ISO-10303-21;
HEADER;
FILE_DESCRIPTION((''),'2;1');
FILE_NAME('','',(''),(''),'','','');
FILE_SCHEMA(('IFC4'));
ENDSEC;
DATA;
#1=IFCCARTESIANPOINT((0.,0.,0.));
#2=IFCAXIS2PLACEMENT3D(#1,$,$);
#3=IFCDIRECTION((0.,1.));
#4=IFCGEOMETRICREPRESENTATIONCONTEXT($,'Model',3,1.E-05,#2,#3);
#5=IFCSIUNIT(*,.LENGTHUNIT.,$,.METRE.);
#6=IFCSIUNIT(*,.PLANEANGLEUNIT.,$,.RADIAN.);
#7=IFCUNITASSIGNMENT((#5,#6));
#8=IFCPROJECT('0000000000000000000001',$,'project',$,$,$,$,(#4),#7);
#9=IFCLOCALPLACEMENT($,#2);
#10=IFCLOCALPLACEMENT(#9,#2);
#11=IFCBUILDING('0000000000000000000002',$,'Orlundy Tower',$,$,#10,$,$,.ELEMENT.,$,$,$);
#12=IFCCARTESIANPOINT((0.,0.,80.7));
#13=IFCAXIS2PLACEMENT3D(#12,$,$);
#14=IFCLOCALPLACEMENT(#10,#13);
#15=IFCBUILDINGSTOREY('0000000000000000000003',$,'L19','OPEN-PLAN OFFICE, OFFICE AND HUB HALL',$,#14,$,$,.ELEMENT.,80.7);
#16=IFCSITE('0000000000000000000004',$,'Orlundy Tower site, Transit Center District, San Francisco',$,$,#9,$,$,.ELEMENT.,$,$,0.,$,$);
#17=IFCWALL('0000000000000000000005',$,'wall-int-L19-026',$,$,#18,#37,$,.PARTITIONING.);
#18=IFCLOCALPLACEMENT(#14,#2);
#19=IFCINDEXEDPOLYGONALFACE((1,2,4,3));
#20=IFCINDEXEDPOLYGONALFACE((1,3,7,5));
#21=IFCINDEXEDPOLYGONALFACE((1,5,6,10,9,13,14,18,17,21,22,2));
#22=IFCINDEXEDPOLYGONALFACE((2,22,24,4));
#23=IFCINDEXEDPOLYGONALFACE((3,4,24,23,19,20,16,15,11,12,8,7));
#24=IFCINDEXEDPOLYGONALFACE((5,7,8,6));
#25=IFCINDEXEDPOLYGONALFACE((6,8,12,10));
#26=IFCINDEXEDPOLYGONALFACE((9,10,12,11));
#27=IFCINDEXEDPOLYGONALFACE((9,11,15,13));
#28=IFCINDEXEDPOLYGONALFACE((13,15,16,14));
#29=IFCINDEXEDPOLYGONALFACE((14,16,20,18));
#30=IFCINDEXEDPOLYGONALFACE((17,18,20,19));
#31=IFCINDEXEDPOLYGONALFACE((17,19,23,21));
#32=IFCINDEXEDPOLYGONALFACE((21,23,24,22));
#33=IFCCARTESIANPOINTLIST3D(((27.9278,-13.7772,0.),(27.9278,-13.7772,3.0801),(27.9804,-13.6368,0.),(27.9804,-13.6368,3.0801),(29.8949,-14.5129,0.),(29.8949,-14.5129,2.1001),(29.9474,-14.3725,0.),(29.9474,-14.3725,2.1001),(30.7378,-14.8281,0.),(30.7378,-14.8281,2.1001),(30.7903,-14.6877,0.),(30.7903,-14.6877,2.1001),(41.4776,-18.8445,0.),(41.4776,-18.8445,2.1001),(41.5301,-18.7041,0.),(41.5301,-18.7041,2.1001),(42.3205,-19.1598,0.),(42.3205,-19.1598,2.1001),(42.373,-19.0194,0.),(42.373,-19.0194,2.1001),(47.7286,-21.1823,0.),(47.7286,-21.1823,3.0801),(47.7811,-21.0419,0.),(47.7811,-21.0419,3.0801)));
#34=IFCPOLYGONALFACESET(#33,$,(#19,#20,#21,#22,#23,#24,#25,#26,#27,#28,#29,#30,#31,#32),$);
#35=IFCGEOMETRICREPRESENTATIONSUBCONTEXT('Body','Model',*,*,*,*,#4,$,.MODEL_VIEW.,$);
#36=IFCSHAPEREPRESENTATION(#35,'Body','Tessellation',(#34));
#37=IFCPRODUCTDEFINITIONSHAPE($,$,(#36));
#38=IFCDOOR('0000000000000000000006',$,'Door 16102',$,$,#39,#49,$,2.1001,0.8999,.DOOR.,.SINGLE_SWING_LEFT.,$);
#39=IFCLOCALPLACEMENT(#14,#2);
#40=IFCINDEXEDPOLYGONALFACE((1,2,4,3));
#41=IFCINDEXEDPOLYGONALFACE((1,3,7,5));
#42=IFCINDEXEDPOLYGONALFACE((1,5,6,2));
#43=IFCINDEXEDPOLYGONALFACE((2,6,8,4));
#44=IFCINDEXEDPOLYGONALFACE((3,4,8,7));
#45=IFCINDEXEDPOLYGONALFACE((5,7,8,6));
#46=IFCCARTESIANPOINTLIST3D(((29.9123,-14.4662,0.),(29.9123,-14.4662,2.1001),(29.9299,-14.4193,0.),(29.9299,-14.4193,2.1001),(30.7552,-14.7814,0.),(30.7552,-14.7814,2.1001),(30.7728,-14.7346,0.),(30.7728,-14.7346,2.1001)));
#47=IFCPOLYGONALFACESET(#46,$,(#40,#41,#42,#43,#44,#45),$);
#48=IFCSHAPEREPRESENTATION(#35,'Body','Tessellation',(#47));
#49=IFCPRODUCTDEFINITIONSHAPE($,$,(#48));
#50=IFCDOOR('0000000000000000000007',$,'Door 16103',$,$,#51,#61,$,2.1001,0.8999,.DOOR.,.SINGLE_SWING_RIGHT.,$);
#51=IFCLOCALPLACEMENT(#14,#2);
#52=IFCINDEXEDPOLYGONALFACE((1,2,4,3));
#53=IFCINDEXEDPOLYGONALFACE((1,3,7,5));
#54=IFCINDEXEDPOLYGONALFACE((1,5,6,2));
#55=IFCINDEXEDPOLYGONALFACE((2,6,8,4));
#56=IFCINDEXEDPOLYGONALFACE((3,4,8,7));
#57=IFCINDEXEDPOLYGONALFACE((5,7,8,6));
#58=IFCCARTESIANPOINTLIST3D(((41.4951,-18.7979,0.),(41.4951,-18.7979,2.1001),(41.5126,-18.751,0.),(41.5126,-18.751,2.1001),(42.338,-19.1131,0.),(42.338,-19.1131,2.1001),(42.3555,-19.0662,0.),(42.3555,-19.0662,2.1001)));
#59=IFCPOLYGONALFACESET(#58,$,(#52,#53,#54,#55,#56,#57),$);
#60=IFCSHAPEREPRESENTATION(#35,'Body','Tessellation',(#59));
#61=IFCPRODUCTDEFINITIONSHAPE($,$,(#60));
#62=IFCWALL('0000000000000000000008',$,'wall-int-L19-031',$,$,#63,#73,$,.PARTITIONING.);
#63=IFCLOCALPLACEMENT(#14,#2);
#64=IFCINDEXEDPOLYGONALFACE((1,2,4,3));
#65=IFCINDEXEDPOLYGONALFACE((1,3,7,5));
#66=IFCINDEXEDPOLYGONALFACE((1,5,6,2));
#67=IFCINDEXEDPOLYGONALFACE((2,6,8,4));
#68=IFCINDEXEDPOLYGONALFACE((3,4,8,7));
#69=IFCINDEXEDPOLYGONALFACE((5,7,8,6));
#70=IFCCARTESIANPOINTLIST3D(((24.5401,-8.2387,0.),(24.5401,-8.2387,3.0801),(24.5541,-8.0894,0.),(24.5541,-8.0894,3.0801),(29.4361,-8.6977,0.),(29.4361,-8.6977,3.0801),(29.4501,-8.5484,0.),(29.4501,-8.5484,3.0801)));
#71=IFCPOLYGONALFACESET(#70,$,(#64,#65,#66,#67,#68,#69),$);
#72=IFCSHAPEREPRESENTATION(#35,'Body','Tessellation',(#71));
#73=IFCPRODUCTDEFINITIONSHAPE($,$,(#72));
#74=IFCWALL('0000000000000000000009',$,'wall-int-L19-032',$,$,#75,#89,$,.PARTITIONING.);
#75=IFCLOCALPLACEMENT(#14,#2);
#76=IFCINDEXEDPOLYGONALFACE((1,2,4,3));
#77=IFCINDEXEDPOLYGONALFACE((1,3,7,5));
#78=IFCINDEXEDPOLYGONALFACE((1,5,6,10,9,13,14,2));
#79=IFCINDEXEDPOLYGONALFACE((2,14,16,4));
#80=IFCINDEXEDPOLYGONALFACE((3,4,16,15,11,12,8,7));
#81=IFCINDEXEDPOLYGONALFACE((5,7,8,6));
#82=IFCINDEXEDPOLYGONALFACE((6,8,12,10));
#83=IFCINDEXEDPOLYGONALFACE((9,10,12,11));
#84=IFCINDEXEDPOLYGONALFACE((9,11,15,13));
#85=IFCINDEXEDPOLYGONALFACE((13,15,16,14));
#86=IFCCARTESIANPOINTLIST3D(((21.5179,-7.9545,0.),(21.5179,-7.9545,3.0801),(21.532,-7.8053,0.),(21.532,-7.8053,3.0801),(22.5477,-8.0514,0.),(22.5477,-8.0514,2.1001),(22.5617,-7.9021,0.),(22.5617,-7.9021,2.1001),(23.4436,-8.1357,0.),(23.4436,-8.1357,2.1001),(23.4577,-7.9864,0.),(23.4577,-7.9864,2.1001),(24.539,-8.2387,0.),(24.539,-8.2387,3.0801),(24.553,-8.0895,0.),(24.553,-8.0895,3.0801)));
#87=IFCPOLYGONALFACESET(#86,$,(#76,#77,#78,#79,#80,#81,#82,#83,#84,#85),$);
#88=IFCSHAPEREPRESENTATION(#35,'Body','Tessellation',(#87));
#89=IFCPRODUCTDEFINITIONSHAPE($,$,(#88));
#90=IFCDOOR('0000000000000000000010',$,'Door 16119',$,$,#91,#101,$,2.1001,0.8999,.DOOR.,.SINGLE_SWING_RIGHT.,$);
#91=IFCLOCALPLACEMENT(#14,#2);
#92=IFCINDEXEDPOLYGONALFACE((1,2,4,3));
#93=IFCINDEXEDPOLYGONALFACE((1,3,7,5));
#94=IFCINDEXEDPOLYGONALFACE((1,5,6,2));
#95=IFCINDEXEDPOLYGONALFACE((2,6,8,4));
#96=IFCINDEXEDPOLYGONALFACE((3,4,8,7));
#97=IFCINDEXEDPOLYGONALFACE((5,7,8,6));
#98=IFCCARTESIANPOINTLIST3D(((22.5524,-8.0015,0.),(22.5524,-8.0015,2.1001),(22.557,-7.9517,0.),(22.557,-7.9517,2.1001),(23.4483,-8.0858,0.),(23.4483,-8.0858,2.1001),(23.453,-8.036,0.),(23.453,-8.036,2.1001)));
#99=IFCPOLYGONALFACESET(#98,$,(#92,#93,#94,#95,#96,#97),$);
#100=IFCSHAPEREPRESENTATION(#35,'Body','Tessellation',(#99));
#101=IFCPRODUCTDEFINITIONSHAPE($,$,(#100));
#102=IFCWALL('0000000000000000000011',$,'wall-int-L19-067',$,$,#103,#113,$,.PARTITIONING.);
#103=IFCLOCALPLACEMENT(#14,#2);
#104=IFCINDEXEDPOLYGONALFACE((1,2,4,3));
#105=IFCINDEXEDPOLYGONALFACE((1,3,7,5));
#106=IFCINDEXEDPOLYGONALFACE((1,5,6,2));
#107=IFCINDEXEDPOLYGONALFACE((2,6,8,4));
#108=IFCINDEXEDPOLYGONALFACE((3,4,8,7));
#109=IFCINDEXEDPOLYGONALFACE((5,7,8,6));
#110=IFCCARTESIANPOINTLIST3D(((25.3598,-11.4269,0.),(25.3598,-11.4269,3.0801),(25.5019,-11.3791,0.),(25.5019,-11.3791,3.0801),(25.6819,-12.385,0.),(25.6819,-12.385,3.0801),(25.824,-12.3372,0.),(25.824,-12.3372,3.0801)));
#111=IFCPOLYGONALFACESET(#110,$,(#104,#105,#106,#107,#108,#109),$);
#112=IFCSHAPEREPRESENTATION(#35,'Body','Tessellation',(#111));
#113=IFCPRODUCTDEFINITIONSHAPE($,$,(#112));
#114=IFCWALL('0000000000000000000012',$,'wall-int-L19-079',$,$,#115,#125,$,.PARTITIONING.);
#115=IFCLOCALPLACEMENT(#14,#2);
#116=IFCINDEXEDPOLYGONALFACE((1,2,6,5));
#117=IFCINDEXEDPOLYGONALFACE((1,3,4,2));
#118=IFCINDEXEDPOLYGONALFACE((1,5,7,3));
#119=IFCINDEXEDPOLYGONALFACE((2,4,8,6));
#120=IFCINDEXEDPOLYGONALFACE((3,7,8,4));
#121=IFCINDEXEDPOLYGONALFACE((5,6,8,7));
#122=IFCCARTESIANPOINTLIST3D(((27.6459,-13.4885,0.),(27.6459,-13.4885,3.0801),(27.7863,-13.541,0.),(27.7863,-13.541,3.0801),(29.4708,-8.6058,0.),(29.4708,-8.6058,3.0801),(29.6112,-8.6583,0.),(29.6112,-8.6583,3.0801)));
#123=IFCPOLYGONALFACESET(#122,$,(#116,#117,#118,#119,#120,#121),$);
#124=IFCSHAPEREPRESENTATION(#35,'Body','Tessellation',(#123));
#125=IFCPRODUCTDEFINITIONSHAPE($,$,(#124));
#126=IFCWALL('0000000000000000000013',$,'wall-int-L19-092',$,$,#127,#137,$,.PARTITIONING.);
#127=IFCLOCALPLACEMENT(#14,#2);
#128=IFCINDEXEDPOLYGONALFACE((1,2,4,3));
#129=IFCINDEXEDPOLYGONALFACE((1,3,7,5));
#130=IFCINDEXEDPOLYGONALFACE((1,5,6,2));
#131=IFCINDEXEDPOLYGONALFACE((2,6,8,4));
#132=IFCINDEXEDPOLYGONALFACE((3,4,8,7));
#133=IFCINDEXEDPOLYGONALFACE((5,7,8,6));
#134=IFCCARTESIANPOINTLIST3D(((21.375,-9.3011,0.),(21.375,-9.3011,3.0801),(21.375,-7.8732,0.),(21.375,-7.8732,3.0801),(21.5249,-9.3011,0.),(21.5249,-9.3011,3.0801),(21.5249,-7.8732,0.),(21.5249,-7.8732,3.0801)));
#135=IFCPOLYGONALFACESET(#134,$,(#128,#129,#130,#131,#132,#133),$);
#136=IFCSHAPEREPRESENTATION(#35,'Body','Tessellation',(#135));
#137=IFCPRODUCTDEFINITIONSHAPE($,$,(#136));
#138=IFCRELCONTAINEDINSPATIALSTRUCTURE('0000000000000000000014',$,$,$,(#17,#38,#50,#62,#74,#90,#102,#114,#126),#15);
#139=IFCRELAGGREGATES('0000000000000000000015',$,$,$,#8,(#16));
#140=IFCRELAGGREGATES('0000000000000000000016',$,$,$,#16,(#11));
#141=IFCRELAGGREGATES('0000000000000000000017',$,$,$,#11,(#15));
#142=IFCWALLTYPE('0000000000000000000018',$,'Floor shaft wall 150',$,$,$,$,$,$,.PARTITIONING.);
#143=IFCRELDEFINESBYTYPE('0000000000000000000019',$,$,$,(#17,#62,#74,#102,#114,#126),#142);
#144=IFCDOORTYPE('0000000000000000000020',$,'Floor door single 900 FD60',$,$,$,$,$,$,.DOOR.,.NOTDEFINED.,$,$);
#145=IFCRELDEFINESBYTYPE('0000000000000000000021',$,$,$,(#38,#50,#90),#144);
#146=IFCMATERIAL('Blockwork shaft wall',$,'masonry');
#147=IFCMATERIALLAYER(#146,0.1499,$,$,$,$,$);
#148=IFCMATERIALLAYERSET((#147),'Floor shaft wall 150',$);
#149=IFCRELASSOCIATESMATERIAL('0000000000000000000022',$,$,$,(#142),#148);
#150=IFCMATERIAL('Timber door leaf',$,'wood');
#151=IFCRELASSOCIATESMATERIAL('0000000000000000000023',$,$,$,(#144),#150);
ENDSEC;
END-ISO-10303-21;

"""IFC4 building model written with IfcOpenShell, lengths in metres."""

from ifc_helpers import new_model, si_unit, direction, frame, frame_2d, origin, place, context, subcontext, project, spatial, rectangle, extrude, material, layer, layer_set, type_object, element, fill, save


model = new_model("IFC4")

# Units and contexts
model_context = context("Model", 3, precision=1e-05, world=origin(), true_north=direction((0.0, 1.0)))
body_context = subcontext(model_context, "Body", "Model", "MODEL_VIEW")
ifc_project = project(units=[si_unit("LENGTHUNIT", "METRE"), si_unit("PLANEANGLEUNIT", "RADIAN")], contexts=[model_context])

# Site, building, storey
site_placement = place(None, origin())
site = spatial("IfcSite", under=ifc_project, at=site_placement, Name="Orlundy Tower site, Transit Center District, San Francisco", CompositionType="ELEMENT", RefElevation=0.0)
building_placement = place(site_placement, origin())
building = spatial("IfcBuilding", under=site, at=building_placement, Name="Orlundy Tower", CompositionType="ELEMENT")
storey_placement = place(building_placement, frame((0.0, 0.0, 80.7)))
storey = spatial("IfcBuildingStorey", under=building, at=storey_placement, Name="L19", Description="OPEN-PLAN OFFICE, OFFICE AND HUB HALL", CompositionType="ELEMENT", Elevation=80.7)

# Shared definitions
ifc_material_1 = material(Name="Blockwork shaft wall", Category="masonry")
ifc_layer_1 = layer(ifc_material_1, 0.1499)
ifc_layer_set_1 = layer_set([ifc_layer_1], Name="Floor shaft wall 150")
wall_type_1 = type_object("IfcWallType", Name="Floor shaft wall 150", PredefinedType="PARTITIONING", material=ifc_layer_set_1)

# Wall, openings, doors
wall_1_placement = place(storey_placement, frame((27.9541, -13.707, 0.0), z_axis=(0.0, 0.0, 1.0), x_axis=(0.936644, -0.350283, 0.0)))
wall_1 = element("IfcWall", 1, at=wall_1_placement, inside=storey, type_object=wall_type_1, Name="wall-int-L19-026", PredefinedType="PARTITIONING", context=body_context, shape_type="SweptSolid", body=[
    extrude(rectangle(XDim=21.1401, YDim=0.1499, at=frame_2d((10.5701, 0.0))), origin(), (0.0, 0.0, 1.0), 3.0801),
])
opening_1_placement = place(wall_1_placement, frame((2.1001, 0.0, 0.0)))
opening_1 = element("IfcOpeningElement", 2, at=opening_1_placement, cuts=wall_1, PredefinedType="OPENING", context=body_context, shape_type="SweptSolid", body=[
    extrude(rectangle(XDim=0.8999, YDim=2.1001, at=frame_2d((0.45, 1.05))), frame((0.0, 0.085, 0.0), z_axis=(0.0, -1.0, 0.0), x_axis=(1.0, 0.0, 0.0)), (0.0, 0.0, 1.0), 0.1699),
])
opening_2_placement = place(wall_1_placement, frame((14.4663, 0.0, 0.0)))
opening_2 = element("IfcOpeningElement", 3, at=opening_2_placement, cuts=wall_1, PredefinedType="OPENING", context=body_context, shape_type="SweptSolid", body=[
    extrude(rectangle(XDim=0.8999, YDim=2.1001, at=frame_2d((0.45, 1.05))), frame((0.0, 0.085, 0.0), z_axis=(0.0, -1.0, 0.0), x_axis=(1.0, 0.0, 0.0)), (0.0, 0.0, 1.0), 0.1699),
])
ifc_material_2 = material(Name="Timber door leaf", Category="wood")
door_type_1 = type_object("IfcDoorType", Name="Floor door single 900 FD60", OperationType="NOTDEFINED", PredefinedType="DOOR", material=ifc_material_2)
door_1_placement = place(opening_1_placement, origin())
door_1 = element("IfcDoor", 4, at=door_1_placement, inside=storey, type_object=door_type_1, Name="Door 16102", OperationType="SINGLE_SWING_LEFT", OverallHeight=2.1001, OverallWidth=0.8999, PredefinedType="DOOR", context=body_context, shape_type="SweptSolid", body=[
    extrude(rectangle(XDim=0.8999, YDim=2.1001, at=frame_2d((0.45, 1.05))), frame((0.0, 0.0249, 0.0), z_axis=(0.0, -1.0, 0.0), x_axis=(1.0, 0.0, 0.0)), (0.0, 0.0, 1.0), 0.05),
])
fill(opening_1, door_1)
door_2_placement = place(opening_2_placement, origin())
door_2 = element("IfcDoor", 5, at=door_2_placement, inside=storey, type_object=door_type_1, Name="Door 16103", OperationType="SINGLE_SWING_RIGHT", OverallHeight=2.1001, OverallWidth=0.8999, PredefinedType="DOOR", context=body_context, shape_type="SweptSolid", body=[
    extrude(rectangle(XDim=0.8999, YDim=2.1001, at=frame_2d((0.45, 1.05))), frame((0.0, 0.0249, 0.0), z_axis=(0.0, -1.0, 0.0), x_axis=(1.0, 0.0, 0.0)), (0.0, 0.0, 1.0), 0.05),
])
fill(opening_2, door_2)

# Wall
wall_2_placement = place(storey_placement, frame((24.5471, -8.1641, 0.0), z_axis=(0.0, 0.0, 1.0), x_axis=(0.995635, -0.093338, 0.0)))
element("IfcWall", 6, at=wall_2_placement, inside=storey, type_object=wall_type_1, Name="wall-int-L19-031", PredefinedType="PARTITIONING", context=body_context, shape_type="SweptSolid", body=[
    extrude(rectangle(XDim=4.9175, YDim=0.1499, at=frame_2d((2.4587, 0.0))), origin(), (0.0, 0.0, 1.0), 3.0801),
])

# Wall, opening, door
wall_3_placement = place(storey_placement, frame((24.5459, -8.1641, 0.0), z_axis=(0.0, 0.0, 1.0), x_axis=(-0.995605, 0.093655, 0.0)))
wall_3 = element("IfcWall", 7, at=wall_3_placement, inside=storey, type_object=wall_type_1, Name="wall-int-L19-032", PredefinedType="PARTITIONING", context=body_context, shape_type="SweptSolid", body=[
    extrude(rectangle(XDim=3.0344, YDim=0.1499, at=frame_2d((1.5171, 0.0))), origin(), (0.0, 0.0, 1.0), 3.0801),
])
opening_3_placement = place(wall_3_placement, frame((1.1001, 0.0, 0.0)))
opening_3 = element("IfcOpeningElement", 8, at=opening_3_placement, cuts=wall_3, PredefinedType="OPENING", context=body_context, shape_type="SweptSolid", body=[
    extrude(rectangle(XDim=0.8999, YDim=2.1001, at=frame_2d((0.45, 1.05))), frame((0.0, 0.085, 0.0), z_axis=(0.0, -1.0, 0.0), x_axis=(1.0, 0.0, 0.0)), (0.0, 0.0, 1.0), 0.1699),
])
door_3_placement = place(opening_3_placement, origin())
door_3 = element("IfcDoor", 9, at=door_3_placement, inside=storey, type_object=door_type_1, Name="Door 16119", OperationType="SINGLE_SWING_RIGHT", OverallHeight=2.1001, OverallWidth=0.8999, PredefinedType="DOOR", context=body_context, shape_type="SweptSolid", body=[
    extrude(rectangle(XDim=0.8999, YDim=2.1001, at=frame_2d((0.45, 1.05))), frame((0.0, 0.0249, 0.0), z_axis=(0.0, -1.0, 0.0), x_axis=(1.0, 0.0, 0.0)), (0.0, 0.0, 1.0), 0.05),
])
fill(opening_3, door_3)

# Walls
wall_4_placement = place(storey_placement, frame((25.7529, -12.3611, 0.0), z_axis=(0.0, 0.0, 1.0), x_axis=(-0.318618, 0.947883, 0.0)))
element("IfcWall", 10, at=wall_4_placement, inside=storey, type_object=wall_type_1, Name="wall-int-L19-067", PredefinedType="PARTITIONING", context=body_context, shape_type="SweptSolid", body=[
    extrude(rectangle(XDim=1.0107, YDim=0.1499, at=frame_2d((0.5054, 0.0))), origin(), (0.0, 0.0, 1.0), 3.0801),
])
wall_5_placement = place(storey_placement, frame((27.7161, -13.5149, 0.0), z_axis=(0.0, 0.0, 1.0), x_axis=(0.350097, 0.936714, 0.0)))
element("IfcWall", 11, at=wall_5_placement, inside=storey, type_object=wall_type_1, Name="wall-int-L19-079", PredefinedType="PARTITIONING", context=body_context, shape_type="SweptSolid", body=[
    extrude(rectangle(XDim=5.2126, YDim=0.1499, at=frame_2d((2.6064, 0.0))), origin(), (0.0, 0.0, 1.0), 3.0801),
])
wall_6_placement = place(storey_placement, frame((21.45, -9.301, 0.0), z_axis=(0.0, 0.0, 1.0), x_axis=(0.0, 1.0, 0.0)))
element("IfcWall", 12, at=wall_6_placement, inside=storey, type_object=wall_type_1, Name="wall-int-L19-092", PredefinedType="PARTITIONING", context=body_context, shape_type="SweptSolid", body=[
    extrude(rectangle(XDim=1.428, YDim=0.1499, at=frame_2d((0.7139, 0.0))), origin(), (0.0, 0.0, 1.0), 3.0801),
])

save(model, "model.ifc")
